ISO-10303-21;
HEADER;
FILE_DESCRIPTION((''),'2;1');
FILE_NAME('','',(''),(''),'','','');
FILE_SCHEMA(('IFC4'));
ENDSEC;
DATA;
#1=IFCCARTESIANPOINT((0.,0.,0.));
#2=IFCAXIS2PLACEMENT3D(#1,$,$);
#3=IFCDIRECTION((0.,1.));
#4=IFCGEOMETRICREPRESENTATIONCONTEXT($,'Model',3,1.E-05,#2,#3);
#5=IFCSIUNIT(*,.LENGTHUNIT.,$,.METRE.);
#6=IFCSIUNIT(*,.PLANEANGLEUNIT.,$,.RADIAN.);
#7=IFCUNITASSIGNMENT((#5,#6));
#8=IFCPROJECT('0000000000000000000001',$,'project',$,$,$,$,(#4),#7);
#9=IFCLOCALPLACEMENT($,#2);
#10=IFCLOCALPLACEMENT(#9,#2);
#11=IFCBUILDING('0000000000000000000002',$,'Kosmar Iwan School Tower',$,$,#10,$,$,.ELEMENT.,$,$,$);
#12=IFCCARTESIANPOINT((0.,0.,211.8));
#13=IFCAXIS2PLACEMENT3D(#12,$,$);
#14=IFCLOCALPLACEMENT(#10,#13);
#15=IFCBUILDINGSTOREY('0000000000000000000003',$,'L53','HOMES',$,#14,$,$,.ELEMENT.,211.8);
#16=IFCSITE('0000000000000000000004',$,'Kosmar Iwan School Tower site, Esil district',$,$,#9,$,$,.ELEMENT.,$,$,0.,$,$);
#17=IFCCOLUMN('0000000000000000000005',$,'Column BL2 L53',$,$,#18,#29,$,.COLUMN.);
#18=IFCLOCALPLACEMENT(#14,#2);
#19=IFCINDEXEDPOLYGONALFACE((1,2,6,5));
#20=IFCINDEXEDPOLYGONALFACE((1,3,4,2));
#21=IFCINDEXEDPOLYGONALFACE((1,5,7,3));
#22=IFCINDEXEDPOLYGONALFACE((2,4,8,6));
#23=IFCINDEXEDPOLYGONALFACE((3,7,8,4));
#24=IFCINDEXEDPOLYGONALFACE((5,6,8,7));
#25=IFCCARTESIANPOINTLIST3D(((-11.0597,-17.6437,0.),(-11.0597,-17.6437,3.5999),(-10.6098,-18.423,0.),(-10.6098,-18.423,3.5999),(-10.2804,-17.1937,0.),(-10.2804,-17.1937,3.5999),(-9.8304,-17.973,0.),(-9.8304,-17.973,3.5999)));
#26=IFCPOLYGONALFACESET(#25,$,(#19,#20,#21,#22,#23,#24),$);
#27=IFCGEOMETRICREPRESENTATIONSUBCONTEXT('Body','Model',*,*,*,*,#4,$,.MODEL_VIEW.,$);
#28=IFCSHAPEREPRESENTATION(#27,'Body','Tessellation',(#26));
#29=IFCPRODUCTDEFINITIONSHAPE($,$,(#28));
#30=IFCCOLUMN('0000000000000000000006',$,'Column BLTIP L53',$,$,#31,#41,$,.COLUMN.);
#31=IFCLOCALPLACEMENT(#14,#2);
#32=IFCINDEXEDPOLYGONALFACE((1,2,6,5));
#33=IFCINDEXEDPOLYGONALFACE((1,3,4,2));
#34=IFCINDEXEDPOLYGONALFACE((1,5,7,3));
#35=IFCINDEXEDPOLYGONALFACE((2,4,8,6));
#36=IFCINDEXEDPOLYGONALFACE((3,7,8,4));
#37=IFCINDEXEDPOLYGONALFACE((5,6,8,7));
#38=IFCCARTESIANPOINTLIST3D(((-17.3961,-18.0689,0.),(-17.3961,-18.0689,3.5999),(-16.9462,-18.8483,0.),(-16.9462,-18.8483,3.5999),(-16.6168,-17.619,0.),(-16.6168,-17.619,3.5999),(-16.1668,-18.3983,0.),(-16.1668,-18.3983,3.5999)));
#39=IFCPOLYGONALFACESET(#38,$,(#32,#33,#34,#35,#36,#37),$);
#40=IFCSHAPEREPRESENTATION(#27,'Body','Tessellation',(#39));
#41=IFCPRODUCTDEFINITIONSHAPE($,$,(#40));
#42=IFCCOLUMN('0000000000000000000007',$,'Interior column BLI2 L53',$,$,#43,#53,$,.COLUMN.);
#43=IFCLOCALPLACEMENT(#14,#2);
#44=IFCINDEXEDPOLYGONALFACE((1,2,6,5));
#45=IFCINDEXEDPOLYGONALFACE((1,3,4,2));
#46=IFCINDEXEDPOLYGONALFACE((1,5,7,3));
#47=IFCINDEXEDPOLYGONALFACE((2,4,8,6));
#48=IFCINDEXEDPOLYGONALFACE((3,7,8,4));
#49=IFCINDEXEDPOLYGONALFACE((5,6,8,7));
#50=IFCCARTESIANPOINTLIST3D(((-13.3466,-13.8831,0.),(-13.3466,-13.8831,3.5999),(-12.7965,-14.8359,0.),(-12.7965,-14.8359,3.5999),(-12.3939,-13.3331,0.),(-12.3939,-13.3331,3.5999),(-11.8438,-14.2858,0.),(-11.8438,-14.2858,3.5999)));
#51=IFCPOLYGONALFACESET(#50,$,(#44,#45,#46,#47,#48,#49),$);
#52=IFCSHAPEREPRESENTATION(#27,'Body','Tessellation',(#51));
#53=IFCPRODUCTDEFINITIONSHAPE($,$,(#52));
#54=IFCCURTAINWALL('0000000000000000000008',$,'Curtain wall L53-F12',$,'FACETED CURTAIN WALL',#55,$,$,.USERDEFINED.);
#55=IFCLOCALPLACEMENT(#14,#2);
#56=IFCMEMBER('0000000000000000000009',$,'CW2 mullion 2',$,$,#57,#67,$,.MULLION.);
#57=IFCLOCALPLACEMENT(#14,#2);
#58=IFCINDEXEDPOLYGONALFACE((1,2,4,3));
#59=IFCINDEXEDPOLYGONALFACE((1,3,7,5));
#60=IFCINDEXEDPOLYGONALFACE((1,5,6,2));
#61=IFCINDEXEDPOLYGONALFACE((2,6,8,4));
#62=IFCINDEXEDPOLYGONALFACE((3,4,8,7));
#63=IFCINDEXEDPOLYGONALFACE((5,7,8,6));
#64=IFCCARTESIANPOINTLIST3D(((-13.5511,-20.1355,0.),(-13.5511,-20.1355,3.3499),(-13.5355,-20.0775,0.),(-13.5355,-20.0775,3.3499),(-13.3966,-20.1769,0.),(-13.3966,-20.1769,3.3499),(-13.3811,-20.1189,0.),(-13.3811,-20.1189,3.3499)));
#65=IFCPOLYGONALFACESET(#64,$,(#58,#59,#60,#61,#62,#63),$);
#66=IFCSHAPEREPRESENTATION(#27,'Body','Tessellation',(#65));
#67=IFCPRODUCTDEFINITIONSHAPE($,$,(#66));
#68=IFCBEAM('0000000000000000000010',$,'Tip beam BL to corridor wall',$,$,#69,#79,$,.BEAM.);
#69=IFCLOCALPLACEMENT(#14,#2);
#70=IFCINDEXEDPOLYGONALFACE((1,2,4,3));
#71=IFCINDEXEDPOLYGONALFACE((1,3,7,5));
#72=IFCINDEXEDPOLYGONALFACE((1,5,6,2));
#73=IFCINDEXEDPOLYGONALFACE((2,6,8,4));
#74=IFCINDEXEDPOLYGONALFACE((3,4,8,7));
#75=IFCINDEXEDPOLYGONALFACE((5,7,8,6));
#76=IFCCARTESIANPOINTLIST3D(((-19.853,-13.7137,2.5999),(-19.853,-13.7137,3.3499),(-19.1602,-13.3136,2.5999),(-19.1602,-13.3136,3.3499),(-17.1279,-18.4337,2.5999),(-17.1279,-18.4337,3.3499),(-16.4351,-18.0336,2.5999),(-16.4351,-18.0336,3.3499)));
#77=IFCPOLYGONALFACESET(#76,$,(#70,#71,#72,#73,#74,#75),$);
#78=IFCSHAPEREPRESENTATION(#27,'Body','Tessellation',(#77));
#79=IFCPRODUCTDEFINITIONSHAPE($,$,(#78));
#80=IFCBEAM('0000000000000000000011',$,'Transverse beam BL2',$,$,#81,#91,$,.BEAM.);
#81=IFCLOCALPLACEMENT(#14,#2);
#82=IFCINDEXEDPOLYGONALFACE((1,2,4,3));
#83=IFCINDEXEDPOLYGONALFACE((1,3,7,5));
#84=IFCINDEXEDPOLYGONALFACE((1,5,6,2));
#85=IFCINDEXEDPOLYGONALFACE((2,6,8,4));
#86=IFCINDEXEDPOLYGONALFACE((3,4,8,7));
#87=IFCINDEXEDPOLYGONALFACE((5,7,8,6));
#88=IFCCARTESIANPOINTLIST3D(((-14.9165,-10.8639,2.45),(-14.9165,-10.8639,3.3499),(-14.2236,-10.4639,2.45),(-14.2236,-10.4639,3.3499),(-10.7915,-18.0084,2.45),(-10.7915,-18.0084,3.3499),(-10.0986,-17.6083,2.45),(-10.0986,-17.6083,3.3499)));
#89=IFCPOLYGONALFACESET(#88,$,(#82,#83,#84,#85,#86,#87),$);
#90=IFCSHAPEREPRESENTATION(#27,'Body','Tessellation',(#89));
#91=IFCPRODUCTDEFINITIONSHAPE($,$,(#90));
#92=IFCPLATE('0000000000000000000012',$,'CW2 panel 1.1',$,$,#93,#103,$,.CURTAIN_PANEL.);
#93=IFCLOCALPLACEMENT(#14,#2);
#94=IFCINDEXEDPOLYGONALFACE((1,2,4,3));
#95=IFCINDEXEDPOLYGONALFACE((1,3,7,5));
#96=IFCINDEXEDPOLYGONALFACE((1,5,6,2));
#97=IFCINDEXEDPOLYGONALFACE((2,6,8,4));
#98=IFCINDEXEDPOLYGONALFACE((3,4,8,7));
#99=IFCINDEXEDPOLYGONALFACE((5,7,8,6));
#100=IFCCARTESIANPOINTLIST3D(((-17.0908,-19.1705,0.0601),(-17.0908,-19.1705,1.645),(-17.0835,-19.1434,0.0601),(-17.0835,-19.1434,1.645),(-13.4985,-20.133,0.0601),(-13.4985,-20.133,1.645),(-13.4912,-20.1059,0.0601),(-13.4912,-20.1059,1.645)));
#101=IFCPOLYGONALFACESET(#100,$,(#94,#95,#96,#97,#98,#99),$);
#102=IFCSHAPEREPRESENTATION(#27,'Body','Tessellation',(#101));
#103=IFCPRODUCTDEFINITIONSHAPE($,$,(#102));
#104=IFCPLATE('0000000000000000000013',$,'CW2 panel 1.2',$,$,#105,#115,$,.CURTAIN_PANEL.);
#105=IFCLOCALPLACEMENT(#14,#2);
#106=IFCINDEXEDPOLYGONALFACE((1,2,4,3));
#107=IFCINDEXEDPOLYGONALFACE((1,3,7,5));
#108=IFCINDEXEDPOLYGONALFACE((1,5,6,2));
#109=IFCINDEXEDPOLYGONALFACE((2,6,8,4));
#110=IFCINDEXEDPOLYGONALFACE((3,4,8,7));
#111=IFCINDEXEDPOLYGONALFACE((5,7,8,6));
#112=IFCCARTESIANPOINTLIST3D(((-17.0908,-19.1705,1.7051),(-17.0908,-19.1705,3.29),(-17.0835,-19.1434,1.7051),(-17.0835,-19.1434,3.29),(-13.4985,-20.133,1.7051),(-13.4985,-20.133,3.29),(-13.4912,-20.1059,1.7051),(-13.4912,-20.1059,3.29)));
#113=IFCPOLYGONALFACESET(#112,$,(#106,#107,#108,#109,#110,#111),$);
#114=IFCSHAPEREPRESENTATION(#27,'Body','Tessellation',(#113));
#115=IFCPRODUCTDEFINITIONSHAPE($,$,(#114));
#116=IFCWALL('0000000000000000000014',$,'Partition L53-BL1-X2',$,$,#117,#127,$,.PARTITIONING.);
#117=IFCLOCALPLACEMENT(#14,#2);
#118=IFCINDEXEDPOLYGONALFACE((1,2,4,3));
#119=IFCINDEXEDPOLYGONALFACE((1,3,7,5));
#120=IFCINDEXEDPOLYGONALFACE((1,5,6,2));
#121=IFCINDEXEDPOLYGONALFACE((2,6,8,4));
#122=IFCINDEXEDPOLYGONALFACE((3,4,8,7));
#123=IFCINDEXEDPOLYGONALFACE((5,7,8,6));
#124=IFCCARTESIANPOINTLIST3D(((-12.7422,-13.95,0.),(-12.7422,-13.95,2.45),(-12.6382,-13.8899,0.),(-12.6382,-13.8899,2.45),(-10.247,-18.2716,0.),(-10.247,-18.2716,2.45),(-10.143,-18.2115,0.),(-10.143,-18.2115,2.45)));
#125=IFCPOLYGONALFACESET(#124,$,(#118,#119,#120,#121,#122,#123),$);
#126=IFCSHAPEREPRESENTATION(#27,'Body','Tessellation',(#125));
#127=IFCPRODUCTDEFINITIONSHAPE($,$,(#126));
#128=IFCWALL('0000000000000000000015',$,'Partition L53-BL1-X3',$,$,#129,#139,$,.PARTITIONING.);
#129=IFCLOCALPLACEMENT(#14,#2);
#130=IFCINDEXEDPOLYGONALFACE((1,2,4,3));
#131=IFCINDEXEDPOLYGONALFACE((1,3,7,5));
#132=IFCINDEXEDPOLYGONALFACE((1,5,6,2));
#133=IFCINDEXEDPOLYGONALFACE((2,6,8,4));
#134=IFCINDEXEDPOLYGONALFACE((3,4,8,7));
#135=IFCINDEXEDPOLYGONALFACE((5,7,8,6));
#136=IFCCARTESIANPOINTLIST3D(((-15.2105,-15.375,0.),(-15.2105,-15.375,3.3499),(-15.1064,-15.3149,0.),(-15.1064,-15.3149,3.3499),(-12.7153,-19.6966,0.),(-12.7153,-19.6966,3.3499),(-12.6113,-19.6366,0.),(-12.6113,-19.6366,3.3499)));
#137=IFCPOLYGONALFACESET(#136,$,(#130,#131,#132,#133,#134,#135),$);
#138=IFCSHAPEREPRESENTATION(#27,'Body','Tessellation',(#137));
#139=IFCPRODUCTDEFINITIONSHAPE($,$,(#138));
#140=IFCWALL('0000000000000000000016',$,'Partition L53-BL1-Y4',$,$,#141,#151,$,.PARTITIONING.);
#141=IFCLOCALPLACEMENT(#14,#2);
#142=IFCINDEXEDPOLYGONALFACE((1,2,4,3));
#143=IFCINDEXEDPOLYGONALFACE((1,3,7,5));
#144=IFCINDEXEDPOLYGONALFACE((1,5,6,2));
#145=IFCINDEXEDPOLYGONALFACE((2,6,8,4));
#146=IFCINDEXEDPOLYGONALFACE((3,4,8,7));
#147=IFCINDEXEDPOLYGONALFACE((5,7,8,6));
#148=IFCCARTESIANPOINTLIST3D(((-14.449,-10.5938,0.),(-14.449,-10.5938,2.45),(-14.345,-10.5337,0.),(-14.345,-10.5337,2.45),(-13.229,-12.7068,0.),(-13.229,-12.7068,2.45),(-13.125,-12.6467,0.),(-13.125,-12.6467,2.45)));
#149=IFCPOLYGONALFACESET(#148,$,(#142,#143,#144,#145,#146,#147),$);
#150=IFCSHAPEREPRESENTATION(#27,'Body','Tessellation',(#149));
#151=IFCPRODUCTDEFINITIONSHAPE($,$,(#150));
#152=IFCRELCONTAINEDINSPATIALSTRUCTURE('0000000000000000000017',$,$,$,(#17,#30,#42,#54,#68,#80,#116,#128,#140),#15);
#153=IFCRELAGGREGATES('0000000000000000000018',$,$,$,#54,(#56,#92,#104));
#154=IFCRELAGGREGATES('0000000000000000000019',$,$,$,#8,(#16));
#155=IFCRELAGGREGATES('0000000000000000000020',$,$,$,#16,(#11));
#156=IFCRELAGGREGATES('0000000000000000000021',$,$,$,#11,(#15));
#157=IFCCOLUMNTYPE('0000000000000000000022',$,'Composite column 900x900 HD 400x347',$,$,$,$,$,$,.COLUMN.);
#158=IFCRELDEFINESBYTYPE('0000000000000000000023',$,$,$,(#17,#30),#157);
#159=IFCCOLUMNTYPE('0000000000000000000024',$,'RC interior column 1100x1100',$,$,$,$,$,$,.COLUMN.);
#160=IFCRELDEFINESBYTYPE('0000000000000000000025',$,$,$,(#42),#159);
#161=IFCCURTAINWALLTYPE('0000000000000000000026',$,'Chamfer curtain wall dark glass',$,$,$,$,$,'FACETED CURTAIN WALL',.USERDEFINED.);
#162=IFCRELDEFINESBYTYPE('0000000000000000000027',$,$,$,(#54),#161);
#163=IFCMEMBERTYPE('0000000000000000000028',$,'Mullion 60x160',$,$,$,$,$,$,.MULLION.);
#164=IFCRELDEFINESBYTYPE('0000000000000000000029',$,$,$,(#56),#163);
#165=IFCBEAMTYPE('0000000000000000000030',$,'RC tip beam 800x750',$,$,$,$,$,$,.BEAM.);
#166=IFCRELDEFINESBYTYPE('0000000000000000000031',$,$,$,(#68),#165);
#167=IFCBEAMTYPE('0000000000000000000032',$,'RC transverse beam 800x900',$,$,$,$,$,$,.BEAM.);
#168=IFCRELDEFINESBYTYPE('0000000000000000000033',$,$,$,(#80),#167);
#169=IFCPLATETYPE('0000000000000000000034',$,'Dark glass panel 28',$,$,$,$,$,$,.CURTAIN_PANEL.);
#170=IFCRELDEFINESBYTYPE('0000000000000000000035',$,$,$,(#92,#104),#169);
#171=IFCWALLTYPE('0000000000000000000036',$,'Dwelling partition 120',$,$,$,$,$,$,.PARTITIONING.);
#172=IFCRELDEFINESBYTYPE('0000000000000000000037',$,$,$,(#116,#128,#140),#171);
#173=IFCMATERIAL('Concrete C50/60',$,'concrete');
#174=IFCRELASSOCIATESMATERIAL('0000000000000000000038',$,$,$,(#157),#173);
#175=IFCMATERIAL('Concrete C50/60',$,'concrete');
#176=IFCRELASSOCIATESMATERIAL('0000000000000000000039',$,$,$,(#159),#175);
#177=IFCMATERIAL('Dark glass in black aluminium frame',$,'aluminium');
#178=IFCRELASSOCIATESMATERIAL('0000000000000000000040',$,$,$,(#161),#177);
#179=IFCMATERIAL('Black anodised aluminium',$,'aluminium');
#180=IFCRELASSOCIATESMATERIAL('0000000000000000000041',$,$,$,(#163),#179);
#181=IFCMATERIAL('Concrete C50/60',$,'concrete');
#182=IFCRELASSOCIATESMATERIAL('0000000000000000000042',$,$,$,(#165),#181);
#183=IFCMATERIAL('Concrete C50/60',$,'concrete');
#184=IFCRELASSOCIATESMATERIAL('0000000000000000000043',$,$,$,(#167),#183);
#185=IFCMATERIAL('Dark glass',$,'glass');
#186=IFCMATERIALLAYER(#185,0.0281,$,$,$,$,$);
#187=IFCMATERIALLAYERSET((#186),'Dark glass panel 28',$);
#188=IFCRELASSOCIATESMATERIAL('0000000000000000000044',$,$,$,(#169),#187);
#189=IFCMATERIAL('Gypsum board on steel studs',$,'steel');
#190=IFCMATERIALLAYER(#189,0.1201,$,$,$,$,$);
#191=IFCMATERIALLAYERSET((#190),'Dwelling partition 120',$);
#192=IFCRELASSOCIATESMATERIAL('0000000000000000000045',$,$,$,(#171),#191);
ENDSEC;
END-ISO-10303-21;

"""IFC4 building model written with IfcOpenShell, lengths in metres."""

from ifc_helpers import new_model, si_unit, direction, frame, frame_2d, origin, origin_2d, place, context, subcontext, project, spatial, rectangle, extrude, material, layer, layer_set, material_profile, profile_set, type_object, element, aggregate, save


model = new_model("IFC4")

# Units and contexts
model_context = context("Model", 3, precision=1e-05, world=origin(), true_north=direction((0.0, 1.0)))
body_context = subcontext(model_context, "Body", "Model", "MODEL_VIEW")
ifc_project = project(units=[si_unit("LENGTHUNIT", "METRE"), si_unit("PLANEANGLEUNIT", "RADIAN")], contexts=[model_context])

# Site, building, storey
site_placement = place(None, origin())
site = spatial("IfcSite", under=ifc_project, at=site_placement, Name="Kosmar Iwan School Tower site, Esil district", CompositionType="ELEMENT", RefElevation=0.0)
building_placement = place(site_placement, origin())
building = spatial("IfcBuilding", under=site, at=building_placement, Name="Kosmar Iwan School Tower", CompositionType="ELEMENT")
storey_placement = place(building_placement, frame((0.0, 0.0, 211.8)))
storey = spatial("IfcBuildingStorey", under=building, at=storey_placement, Name="L53", Description="HOMES", CompositionType="ELEMENT", Elevation=211.8)

# Columns
ifc_material_1 = material(Name="Concrete C50/60", Category="concrete")
ifc_material_profile_1 = material_profile(ifc_material_1, rectangle(XDim=0.8999, YDim=0.8999, at=origin_2d()), Name="RC 900x900 + HD 400x347")
ifc_profile_set_1 = profile_set([ifc_material_profile_1], Name="Concrete C50/60")
column_type_1 = type_object("IfcColumnType", Name="Composite column 900x900 HD 400x347", PredefinedType="COLUMN", material=ifc_profile_set_1)
for number, where, z_axis, x_axis, name in (
    (1, (-10.4451, -17.8083, 0.0), (0.0, 0.0, 1.0), (-0.866025, -0.5, 0.0), "Column BL2 L53"),
    (2, (-16.7815, -18.2336, 0.0), (0.0, 0.0, 1.0), (-0.866025, -0.5, 0.0), "Column BLTIP L53"),
):
    element("IfcColumn", number, at=place(storey_placement, frame(where, z_axis=z_axis, x_axis=x_axis)), inside=storey, type_object=column_type_1, Name=name, PredefinedType="COLUMN", context=body_context, shape_type="SweptSolid", body=[
        extrude(rectangle(XDim=0.8999, YDim=0.8999, at=origin_2d()), origin(), (0.0, 0.0, 1.0), 3.5999),
    ])
ifc_material_2 = material(Name="Concrete C50/60", Category="concrete")
ifc_material_profile_2 = material_profile(ifc_material_2, rectangle(XDim=1.1001, YDim=1.1001, at=origin_2d()), Name="RC 1100x1100")
ifc_profile_set_2 = profile_set([ifc_material_profile_2], Name="Concrete C50/60")
column_type_2 = type_object("IfcColumnType", Name="RC interior column 1100x1100", PredefinedType="COLUMN", material=ifc_profile_set_2)
column_placement = place(storey_placement, frame((-12.5952, -14.0845, 0.0), z_axis=(0.0, 0.0, 1.0), x_axis=(-0.866025, -0.5, 0.0)))
element("IfcColumn", 3, at=column_placement, inside=storey, type_object=column_type_2, Name="Interior column BLI2 L53", PredefinedType="COLUMN", context=body_context, shape_type="SweptSolid", body=[
    extrude(rectangle(XDim=1.1001, YDim=1.1001, at=origin_2d()), origin(), (0.0, 0.0, 1.0), 3.5999),
])

# Curtain wall, member
ifc_material_3 = material(Name="Dark glass in black aluminium frame", Category="aluminium")
curtain_wall_type = type_object("IfcCurtainWallType", Name="Chamfer curtain wall dark glass", ElementType="FACETED CURTAIN WALL", PredefinedType="USERDEFINED", material=ifc_material_3)
curtain_wall_placement = place(storey_placement, origin())
curtain_wall = element("IfcCurtainWall", 4, at=curtain_wall_placement, inside=storey, type_object=curtain_wall_type, Name="Curtain wall L53-F12", ObjectType="FACETED CURTAIN WALL", PredefinedType="USERDEFINED")
ifc_material_4 = material(Name="Black anodised aluminium", Category="aluminium")
ifc_material_profile_3 = material_profile(ifc_material_4, rectangle(XDim=0.0601, YDim=0.1599, at=origin_2d()), Name="MULLION 60x160")
ifc_profile_set_3 = profile_set([ifc_material_profile_3], Name="Black anodised aluminium")
member_type = type_object("IfcMemberType", Name="Mullion 60x160", PredefinedType="MULLION", material=ifc_profile_set_3)
member_placement = place(storey_placement, frame((-13.4661, -20.1272, 0.0), z_axis=(0.0, 0.0, 1.0), x_axis=(0.258819, 0.965926, 0.0)))
member = element("IfcMember", 5, at=member_placement, type_object=member_type, Name="CW2 mullion 2", PredefinedType="MULLION", context=body_context, shape_type="SweptSolid", body=[
    extrude(rectangle(XDim=0.0601, YDim=0.1599, at=origin_2d()), origin(), (0.0, 0.0, 1.0), 3.3499),
])

# Beams
ifc_material_5 = material(Name="Concrete C50/60", Category="concrete")
ifc_material_profile_4 = material_profile(ifc_material_5, rectangle(XDim=0.8, YDim=0.75, at=origin_2d()), Name="RC 800x750")
ifc_profile_set_4 = profile_set([ifc_material_profile_4], Name="Concrete C50/60")
beam_type_1 = type_object("IfcBeamType", Name="RC tip beam 800x750", PredefinedType="BEAM", material=ifc_profile_set_4)
beam_1_placement = place(storey_placement, frame((-16.7815, -18.2336, 2.9749), z_axis=(-0.500003, 0.866024, 0.0), x_axis=(-0.866024, -0.500003, 0.0)))
element("IfcBeam", 6, at=beam_1_placement, inside=storey, type_object=beam_type_1, Name="Tip beam BL to corridor wall", PredefinedType="BEAM", context=body_context, shape_type="SweptSolid", body=[
    extrude(rectangle(XDim=0.8, YDim=0.75, at=origin_2d()), origin(), (0.0, 0.0, 1.0), 5.4502),
])
ifc_material_6 = material(Name="Concrete C50/60", Category="concrete")
ifc_material_profile_5 = material_profile(ifc_material_6, rectangle(XDim=0.8, YDim=0.8999, at=origin_2d()), Name="RC 800x900")
ifc_profile_set_5 = profile_set([ifc_material_profile_5], Name="Concrete C50/60")
beam_type_2 = type_object("IfcBeamType", Name="RC transverse beam 800x900", PredefinedType="BEAM", material=ifc_profile_set_5)
beam_2_placement = place(storey_placement, frame((-10.4451, -17.8083, 2.8999), z_axis=(-0.500009, 0.86602, 0.0), x_axis=(-0.86602, -0.500009, 0.0)))
element("IfcBeam", 7, at=beam_2_placement, inside=storey, type_object=beam_type_2, Name="Transverse beam BL2", PredefinedType="BEAM", context=body_context, shape_type="SweptSolid", body=[
    extrude(rectangle(XDim=0.8, YDim=0.8999, at=origin_2d()), origin(), (0.0, 0.0, 1.0), 8.2498),
])

# Plates
ifc_material_7 = material(Name="Dark glass", Category="glass")
ifc_layer_1 = layer(ifc_material_7, 0.0281)
ifc_layer_set_1 = layer_set([ifc_layer_1], Name="Dark glass panel 28")
plate_type = type_object("IfcPlateType", Name="Dark glass panel 28", PredefinedType="CURTAIN_PANEL", material=ifc_layer_set_1)
plate_1_placement = place(storey_placement, frame((-15.291, -19.6382, 0.0601), z_axis=(0.0, 0.0, 1.0), x_axis=(0.965926, -0.258819, 0.0)))
plate_1 = element("IfcPlate", 8, at=plate_1_placement, type_object=plate_type, Name="CW2 panel 1.1", PredefinedType="CURTAIN_PANEL", context=body_context, shape_type="SweptSolid", body=[
    extrude(rectangle(XDim=3.719, YDim=0.0281, at=origin_2d()), origin(), (0.0, 0.0, 1.0), 1.585),
])
plate_2_placement = place(storey_placement, frame((-15.291, -19.6382, 1.7051), z_axis=(0.0, 0.0, 1.0), x_axis=(0.965926, -0.258819, 0.0)))
plate_2 = element("IfcPlate", 9, at=plate_2_placement, type_object=plate_type, Name="CW2 panel 1.2", PredefinedType="CURTAIN_PANEL", context=body_context, shape_type="SweptSolid", body=[
    extrude(rectangle(XDim=3.719, YDim=0.0281, at=origin_2d()), origin(), (0.0, 0.0, 1.0), 1.585),
])
aggregate(curtain_wall, [member, plate_1, plate_2])

# Walls
ifc_material_8 = material(Name="Gypsum board on steel studs", Category="steel")
ifc_layer_2 = layer(ifc_material_8, 0.1201)
ifc_layer_set_2 = layer_set([ifc_layer_2], Name="Dwelling partition 120")
wall_type = type_object("IfcWallType", Name="Dwelling partition 120", PredefinedType="PARTITIONING", material=ifc_layer_set_2)
wall_1_placement = place(storey_placement, frame((-12.6902, -13.9199, 0.0), z_axis=(0.0, 0.0, 1.0), x_axis=(0.500012, -0.866019, 0.0)))
element("IfcWall", 10, at=wall_1_placement, inside=storey, type_object=wall_type, Name="Partition L53-BL1-X2", PredefinedType="PARTITIONING", context=body_context, shape_type="SweptSolid", body=[
    extrude(rectangle(XDim=4.9902, YDim=0.1201, at=frame_2d((2.4951, 0.0))), origin(), (0.0, 0.0, 1.0), 2.45),
])
wall_2_placement = place(storey_placement, frame((-15.1584, -15.345, 0.0), z_axis=(0.0, 0.0, 1.0), x_axis=(0.500012, -0.866019, 0.0)))
element("IfcWall", 11, at=wall_2_placement, inside=storey, type_object=wall_type, Name="Partition L53-BL1-X3", PredefinedType="PARTITIONING", context=body_context, shape_type="SweptSolid", body=[
    extrude(rectangle(XDim=4.9902, YDim=0.1201, at=frame_2d((2.4951, 0.0))), origin(), (0.0, 0.0, 1.0), 3.3499),
])
wall_3_placement = place(storey_placement, frame((-14.397, -10.5637, 0.0), z_axis=(0.0, 0.0, 1.0), x_axis=(0.500003, -0.866024, 0.0)))
element("IfcWall", 12, at=wall_3_placement, inside=storey, type_object=wall_type, Name="Partition L53-BL1-Y4", PredefinedType="PARTITIONING", context=body_context, shape_type="SweptSolid", body=[
    extrude(rectangle(XDim=2.4399, YDim=0.1201, at=frame_2d((1.22, 0.0))), origin(), (0.0, 0.0, 1.0), 2.45),
])

save(model, "model.ifc")
